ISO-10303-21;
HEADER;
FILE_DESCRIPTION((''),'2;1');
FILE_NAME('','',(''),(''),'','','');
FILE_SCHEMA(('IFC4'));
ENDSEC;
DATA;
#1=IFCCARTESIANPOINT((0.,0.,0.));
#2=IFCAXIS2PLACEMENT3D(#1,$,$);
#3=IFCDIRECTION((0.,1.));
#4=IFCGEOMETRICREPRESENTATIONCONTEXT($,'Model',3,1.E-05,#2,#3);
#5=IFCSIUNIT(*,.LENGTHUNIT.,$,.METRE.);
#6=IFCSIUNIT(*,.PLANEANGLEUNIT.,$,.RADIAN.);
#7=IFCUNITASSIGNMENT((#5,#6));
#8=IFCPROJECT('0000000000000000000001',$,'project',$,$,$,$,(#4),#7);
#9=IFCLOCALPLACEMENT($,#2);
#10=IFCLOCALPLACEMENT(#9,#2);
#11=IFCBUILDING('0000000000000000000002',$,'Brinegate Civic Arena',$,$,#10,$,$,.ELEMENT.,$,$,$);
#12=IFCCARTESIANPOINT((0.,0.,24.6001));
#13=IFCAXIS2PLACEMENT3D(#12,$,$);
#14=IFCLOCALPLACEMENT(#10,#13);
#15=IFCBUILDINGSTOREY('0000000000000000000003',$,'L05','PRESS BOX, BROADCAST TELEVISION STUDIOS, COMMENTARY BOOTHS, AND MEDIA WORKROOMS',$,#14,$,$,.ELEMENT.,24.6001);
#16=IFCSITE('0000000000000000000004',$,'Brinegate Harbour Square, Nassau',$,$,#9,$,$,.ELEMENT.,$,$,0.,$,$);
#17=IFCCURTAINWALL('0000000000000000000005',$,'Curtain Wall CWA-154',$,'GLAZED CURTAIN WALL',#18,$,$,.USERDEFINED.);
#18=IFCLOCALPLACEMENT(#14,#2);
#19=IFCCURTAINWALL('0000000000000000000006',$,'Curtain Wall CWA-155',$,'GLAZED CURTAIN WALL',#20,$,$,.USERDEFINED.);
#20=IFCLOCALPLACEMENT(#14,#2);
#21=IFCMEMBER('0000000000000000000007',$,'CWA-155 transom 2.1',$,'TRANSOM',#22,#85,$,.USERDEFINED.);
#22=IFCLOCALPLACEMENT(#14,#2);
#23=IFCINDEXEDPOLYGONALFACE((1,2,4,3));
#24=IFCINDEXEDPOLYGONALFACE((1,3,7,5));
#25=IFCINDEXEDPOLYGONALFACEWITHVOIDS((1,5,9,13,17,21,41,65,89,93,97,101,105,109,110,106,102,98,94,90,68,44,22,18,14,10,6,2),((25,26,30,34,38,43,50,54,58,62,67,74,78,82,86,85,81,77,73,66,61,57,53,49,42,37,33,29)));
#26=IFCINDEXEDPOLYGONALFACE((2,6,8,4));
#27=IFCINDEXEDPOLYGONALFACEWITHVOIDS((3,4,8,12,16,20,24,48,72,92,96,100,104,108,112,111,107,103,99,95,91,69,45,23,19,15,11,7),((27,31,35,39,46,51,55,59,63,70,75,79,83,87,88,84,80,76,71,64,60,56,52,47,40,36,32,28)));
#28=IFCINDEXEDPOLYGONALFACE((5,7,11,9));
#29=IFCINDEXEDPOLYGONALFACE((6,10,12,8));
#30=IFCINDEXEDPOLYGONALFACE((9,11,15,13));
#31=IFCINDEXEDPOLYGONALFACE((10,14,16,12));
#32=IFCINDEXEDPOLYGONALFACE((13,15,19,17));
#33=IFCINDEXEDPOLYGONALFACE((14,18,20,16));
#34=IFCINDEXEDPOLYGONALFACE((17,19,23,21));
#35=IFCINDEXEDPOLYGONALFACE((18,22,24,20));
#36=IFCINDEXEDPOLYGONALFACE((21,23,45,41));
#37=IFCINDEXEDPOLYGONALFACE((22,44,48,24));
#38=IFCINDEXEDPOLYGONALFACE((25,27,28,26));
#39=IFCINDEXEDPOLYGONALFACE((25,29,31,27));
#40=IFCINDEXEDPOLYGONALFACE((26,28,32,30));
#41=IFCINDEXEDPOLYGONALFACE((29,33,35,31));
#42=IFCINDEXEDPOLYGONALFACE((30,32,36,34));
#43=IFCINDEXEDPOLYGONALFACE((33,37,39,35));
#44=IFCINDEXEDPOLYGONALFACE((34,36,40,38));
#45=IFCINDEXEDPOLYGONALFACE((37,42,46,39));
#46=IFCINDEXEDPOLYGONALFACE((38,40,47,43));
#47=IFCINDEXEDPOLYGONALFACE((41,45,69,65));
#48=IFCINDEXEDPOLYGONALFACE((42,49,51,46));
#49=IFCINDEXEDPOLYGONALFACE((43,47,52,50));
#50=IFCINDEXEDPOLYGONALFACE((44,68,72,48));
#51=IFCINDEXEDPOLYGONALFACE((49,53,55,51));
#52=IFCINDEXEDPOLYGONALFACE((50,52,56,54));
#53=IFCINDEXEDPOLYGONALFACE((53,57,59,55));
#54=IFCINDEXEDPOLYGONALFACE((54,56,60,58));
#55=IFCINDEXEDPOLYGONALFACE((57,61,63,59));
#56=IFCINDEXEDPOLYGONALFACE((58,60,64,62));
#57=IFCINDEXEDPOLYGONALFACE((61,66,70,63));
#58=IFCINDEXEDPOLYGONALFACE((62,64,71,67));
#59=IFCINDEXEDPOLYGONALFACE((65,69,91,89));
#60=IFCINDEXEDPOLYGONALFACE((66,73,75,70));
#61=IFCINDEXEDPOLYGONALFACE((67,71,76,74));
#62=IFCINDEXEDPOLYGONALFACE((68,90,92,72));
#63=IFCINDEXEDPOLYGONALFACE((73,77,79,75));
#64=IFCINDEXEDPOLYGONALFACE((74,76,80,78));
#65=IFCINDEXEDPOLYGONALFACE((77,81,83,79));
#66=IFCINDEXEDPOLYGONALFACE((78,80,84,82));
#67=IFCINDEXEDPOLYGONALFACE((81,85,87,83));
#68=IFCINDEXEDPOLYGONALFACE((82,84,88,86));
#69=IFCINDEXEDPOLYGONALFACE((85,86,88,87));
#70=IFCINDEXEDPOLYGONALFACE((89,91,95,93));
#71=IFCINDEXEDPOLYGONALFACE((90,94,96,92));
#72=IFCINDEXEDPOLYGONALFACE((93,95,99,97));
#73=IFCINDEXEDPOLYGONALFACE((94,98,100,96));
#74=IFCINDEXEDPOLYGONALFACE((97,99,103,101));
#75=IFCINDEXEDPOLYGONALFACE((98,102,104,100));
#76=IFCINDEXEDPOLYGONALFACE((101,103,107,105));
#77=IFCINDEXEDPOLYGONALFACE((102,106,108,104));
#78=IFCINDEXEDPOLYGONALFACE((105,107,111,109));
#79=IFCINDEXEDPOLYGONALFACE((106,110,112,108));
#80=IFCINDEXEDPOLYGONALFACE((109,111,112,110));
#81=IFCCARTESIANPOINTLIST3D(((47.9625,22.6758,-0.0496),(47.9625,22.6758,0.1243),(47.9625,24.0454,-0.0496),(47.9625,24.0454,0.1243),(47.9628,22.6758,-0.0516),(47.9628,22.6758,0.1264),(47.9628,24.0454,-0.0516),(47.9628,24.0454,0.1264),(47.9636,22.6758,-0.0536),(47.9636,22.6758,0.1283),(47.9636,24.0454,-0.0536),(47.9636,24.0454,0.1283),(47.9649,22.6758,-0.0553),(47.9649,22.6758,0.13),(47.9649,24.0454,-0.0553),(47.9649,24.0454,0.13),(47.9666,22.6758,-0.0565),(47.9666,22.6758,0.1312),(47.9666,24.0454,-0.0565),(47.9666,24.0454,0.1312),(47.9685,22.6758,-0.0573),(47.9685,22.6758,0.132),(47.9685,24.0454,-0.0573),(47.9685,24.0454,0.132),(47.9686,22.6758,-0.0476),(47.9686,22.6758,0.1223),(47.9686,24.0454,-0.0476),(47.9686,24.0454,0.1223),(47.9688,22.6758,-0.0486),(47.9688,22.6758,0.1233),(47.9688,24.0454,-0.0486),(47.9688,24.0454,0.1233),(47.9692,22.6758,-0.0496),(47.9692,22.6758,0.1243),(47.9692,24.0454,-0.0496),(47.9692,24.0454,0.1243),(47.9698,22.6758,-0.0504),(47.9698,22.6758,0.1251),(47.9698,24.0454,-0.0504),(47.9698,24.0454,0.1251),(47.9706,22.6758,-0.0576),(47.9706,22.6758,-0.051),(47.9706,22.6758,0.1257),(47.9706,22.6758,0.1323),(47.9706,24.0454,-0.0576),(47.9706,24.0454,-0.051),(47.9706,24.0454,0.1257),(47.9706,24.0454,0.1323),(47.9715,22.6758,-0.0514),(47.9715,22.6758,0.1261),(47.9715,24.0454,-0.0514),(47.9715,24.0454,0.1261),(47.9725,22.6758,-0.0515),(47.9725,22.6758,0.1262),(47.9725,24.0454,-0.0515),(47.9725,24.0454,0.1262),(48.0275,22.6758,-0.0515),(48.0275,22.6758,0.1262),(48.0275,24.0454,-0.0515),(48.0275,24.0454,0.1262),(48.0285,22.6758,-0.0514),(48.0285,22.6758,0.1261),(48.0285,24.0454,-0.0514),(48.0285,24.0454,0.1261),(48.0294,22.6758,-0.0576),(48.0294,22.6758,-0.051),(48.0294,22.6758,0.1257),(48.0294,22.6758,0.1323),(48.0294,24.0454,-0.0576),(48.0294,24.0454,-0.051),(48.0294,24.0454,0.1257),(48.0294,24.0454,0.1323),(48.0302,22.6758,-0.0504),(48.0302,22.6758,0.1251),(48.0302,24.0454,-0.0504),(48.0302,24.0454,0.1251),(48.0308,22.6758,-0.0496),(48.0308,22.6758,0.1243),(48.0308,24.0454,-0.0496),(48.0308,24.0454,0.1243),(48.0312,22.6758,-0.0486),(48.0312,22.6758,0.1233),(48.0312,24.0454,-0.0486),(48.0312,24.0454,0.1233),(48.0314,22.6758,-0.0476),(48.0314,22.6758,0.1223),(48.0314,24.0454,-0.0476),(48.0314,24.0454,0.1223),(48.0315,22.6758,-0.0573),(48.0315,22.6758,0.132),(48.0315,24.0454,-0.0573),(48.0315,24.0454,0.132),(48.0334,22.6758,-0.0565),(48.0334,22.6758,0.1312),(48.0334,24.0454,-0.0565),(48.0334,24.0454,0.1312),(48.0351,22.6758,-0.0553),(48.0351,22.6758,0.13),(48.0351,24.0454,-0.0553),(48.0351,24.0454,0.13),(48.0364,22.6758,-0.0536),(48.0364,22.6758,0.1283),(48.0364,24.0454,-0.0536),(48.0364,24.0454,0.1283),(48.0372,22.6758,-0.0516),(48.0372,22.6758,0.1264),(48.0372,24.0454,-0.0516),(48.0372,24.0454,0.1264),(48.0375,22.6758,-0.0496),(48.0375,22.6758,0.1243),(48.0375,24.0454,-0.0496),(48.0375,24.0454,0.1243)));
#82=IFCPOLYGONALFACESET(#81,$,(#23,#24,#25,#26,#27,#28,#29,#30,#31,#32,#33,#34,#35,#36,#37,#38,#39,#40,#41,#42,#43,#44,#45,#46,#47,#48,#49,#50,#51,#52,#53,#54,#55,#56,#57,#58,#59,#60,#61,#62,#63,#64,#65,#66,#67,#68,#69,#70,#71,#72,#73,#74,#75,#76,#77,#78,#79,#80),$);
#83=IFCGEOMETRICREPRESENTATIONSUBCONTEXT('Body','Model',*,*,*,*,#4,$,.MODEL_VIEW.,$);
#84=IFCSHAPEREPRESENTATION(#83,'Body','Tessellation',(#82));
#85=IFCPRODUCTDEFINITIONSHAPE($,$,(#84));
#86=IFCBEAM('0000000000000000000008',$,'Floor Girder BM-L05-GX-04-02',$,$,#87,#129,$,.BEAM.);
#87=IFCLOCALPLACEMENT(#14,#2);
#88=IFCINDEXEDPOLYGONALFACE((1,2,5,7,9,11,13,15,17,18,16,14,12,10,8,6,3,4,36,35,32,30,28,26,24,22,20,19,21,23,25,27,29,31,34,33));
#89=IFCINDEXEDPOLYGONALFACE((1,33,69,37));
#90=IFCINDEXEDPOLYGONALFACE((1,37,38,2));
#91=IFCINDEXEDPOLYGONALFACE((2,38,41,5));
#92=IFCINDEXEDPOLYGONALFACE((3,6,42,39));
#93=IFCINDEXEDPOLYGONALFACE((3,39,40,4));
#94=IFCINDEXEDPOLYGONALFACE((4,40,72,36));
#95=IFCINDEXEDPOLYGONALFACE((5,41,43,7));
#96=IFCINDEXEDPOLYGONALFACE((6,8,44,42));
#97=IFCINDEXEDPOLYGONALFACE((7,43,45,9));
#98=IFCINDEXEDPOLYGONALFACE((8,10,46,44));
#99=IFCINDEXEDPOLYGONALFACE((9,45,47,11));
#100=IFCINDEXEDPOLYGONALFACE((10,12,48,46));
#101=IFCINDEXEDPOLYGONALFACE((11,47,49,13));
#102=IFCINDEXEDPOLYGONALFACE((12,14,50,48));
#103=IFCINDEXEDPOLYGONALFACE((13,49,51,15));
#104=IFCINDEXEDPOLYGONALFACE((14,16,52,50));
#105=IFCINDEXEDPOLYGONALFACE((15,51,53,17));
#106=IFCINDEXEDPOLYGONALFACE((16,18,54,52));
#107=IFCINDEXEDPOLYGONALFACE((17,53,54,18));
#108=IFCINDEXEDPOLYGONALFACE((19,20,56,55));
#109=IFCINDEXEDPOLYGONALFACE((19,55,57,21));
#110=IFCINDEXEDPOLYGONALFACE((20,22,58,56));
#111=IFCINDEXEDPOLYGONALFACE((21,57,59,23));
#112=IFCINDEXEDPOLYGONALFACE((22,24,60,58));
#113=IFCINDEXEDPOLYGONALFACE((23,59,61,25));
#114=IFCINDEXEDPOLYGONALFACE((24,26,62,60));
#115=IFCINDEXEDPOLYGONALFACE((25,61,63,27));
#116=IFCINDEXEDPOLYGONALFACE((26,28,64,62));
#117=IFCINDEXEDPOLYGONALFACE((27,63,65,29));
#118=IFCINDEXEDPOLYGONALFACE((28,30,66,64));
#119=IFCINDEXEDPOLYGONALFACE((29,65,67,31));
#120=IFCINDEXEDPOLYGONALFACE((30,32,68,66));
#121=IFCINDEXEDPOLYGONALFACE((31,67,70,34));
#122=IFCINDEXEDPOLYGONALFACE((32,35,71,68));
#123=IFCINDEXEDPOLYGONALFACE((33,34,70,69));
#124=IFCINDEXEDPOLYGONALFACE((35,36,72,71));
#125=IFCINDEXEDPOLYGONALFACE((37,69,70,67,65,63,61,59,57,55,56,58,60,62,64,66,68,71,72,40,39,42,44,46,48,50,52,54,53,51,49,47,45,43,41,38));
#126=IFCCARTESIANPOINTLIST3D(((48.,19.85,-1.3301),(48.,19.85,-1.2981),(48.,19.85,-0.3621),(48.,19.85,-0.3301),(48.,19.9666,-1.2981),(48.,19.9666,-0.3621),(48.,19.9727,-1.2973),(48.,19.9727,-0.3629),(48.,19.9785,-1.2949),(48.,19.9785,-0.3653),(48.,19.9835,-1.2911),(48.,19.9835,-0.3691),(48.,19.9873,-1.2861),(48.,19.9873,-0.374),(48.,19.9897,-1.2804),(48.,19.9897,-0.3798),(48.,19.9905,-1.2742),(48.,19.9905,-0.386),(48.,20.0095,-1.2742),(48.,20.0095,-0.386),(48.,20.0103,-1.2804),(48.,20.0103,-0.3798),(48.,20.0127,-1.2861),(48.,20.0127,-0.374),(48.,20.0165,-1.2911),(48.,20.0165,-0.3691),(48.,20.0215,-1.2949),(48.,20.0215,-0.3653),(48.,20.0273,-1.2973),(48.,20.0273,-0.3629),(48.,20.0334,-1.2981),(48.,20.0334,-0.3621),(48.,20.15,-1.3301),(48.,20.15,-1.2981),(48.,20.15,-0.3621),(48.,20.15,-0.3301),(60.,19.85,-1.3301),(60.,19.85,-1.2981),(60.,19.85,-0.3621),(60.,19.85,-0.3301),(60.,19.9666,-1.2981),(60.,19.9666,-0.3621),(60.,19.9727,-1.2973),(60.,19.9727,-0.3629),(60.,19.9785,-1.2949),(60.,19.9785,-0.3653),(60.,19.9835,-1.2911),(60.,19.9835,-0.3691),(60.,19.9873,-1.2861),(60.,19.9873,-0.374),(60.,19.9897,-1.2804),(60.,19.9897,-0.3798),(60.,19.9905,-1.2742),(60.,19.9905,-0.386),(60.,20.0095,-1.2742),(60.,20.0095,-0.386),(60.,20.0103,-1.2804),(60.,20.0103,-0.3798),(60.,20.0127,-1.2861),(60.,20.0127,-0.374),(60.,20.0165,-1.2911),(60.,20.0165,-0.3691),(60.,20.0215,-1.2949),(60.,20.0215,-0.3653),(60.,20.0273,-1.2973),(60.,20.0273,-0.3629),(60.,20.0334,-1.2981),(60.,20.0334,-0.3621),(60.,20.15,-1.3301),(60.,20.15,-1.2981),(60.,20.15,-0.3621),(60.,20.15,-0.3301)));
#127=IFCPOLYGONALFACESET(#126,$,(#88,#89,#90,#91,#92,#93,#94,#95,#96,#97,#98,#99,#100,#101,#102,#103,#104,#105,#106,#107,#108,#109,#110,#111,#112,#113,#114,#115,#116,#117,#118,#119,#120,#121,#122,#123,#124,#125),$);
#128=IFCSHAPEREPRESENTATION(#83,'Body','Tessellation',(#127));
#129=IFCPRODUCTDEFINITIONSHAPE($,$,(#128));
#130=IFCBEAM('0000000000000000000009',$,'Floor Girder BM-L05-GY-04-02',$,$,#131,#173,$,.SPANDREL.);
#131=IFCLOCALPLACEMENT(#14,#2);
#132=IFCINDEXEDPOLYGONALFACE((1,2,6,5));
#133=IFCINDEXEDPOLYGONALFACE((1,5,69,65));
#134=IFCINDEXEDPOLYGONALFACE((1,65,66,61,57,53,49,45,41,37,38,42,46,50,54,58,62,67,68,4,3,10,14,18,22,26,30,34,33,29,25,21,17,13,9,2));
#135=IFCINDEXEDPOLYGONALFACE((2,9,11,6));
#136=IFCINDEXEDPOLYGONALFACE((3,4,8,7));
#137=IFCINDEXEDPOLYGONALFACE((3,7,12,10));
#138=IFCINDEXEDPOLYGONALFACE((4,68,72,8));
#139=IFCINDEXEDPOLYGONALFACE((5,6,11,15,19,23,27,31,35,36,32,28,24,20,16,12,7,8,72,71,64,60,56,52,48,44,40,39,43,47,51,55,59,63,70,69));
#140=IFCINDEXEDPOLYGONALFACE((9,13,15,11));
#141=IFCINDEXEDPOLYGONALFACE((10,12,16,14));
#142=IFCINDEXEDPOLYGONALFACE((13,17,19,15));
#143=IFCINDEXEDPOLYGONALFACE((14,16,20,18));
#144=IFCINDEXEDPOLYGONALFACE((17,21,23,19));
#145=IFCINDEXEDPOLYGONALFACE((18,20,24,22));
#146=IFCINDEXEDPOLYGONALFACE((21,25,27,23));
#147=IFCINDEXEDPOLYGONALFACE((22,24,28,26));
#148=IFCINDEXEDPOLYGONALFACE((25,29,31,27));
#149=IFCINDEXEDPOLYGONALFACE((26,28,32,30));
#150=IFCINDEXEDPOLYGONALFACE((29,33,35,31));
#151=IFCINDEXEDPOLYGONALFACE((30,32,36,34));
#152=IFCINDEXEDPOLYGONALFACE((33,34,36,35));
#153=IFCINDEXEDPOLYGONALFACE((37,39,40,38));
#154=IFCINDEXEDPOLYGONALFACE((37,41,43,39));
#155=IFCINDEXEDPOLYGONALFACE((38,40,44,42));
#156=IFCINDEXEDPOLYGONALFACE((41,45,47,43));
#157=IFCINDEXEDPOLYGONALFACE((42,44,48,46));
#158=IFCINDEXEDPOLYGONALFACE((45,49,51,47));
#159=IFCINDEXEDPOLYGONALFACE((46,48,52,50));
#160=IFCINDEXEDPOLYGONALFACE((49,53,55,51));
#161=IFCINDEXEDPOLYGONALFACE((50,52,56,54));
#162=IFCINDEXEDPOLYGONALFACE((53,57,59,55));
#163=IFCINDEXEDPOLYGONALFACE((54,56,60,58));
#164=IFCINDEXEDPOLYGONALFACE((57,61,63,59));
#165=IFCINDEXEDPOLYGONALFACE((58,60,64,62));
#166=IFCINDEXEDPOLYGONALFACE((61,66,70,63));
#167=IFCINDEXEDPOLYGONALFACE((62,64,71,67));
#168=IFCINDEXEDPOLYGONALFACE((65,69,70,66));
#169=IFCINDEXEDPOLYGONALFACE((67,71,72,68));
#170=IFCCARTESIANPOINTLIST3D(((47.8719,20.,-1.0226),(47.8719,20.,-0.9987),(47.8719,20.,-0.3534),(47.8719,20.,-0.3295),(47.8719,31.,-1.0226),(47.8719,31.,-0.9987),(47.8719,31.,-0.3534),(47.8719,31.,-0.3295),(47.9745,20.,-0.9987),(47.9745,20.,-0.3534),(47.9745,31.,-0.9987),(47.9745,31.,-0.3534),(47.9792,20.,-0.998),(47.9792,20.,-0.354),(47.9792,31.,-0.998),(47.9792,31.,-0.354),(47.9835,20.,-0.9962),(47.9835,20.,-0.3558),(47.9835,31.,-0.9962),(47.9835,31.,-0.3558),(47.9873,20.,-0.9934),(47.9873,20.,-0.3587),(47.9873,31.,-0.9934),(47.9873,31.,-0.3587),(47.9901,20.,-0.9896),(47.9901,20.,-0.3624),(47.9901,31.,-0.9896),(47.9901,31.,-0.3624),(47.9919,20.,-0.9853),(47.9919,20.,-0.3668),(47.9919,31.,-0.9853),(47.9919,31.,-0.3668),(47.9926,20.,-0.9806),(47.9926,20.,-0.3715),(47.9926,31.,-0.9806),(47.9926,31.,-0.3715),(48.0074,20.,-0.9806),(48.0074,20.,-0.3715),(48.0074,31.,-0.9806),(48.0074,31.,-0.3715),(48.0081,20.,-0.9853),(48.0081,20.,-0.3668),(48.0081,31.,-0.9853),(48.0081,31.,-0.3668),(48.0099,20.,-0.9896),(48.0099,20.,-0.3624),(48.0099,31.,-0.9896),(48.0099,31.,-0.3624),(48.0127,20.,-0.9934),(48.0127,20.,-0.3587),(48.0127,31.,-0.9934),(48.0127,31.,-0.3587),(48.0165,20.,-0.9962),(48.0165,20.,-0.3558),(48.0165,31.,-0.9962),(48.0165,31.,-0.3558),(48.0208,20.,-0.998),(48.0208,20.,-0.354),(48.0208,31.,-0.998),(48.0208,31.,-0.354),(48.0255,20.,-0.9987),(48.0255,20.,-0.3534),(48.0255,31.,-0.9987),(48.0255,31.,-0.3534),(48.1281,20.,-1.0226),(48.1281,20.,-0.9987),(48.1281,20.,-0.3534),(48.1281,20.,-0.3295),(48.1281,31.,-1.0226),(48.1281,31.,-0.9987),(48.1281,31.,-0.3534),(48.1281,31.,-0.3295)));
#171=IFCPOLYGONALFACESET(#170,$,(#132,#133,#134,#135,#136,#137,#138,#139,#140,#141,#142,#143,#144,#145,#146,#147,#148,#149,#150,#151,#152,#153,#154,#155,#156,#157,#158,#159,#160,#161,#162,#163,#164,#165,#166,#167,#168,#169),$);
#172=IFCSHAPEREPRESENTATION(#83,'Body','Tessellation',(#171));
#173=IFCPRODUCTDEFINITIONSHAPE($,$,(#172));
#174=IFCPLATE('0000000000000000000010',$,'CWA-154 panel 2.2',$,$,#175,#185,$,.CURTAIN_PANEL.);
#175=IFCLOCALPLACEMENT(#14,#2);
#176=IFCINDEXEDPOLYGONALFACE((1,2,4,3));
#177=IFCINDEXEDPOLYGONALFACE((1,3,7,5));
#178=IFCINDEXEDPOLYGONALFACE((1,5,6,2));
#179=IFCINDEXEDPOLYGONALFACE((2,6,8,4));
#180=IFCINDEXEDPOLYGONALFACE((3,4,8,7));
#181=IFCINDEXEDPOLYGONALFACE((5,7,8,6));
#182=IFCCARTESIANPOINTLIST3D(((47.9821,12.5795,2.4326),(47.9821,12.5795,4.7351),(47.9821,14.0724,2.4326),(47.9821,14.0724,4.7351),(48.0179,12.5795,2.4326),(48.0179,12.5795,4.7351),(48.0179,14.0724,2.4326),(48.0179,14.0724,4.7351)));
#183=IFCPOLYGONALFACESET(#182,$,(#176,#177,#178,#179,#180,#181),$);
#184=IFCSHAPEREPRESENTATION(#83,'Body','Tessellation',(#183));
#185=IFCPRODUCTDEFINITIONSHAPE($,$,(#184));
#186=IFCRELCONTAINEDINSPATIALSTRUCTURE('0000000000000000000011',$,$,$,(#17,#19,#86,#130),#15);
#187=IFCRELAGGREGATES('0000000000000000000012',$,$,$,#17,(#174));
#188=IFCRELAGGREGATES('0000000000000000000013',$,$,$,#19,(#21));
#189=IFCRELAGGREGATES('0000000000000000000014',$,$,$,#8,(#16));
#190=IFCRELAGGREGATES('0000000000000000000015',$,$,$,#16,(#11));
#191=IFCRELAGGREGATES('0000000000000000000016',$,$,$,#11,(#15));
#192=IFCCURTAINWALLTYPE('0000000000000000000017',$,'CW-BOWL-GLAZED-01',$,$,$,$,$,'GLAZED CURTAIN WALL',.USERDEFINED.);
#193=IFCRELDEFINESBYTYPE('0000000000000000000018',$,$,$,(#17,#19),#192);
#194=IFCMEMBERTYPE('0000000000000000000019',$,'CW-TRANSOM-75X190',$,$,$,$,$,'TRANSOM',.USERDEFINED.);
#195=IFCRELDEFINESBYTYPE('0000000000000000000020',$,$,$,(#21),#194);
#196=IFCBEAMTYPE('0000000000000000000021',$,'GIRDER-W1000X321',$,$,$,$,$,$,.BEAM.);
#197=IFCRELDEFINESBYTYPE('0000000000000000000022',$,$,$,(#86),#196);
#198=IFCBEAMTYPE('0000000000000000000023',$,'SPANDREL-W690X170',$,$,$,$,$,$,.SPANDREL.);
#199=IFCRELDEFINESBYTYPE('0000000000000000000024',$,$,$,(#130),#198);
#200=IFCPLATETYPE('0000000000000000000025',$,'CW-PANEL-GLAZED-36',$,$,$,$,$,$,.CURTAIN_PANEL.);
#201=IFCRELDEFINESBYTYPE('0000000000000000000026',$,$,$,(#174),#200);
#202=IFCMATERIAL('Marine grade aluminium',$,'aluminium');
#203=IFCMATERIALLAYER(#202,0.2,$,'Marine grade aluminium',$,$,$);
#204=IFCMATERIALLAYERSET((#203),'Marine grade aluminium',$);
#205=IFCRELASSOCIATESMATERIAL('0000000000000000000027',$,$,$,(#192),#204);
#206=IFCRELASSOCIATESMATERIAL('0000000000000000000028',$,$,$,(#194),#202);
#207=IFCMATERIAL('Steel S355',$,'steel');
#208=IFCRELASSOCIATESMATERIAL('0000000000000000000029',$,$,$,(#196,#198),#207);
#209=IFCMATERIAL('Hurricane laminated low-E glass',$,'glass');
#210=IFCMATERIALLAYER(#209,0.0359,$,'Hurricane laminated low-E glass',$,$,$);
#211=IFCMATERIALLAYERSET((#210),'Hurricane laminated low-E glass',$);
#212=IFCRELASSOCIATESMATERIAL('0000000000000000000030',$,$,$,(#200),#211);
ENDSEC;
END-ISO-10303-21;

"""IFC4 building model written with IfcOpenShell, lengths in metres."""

from ifc_helpers import new_model, si_unit, direction, frame, origin, origin_2d, place, context, subcontext, project, spatial, rectangle, hollow_rectangle, i_section, extrude, material, layer, layer_set, material_profile, profile_set, type_object, element, aggregate, save


model = new_model("IFC4")

# Units and contexts
model_context = context("Model", 3, precision=1e-05, world=origin(), true_north=direction((0.0, 1.0)))
body_context = subcontext(model_context, "Body", "Model", "MODEL_VIEW")
ifc_project = project(units=[si_unit("LENGTHUNIT", "METRE"), si_unit("PLANEANGLEUNIT", "RADIAN")], contexts=[model_context])

# Site, building, storey
site_placement = place(None, origin())
site = spatial("IfcSite", under=ifc_project, at=site_placement, Name="Brinegate Harbour Square, Nassau", CompositionType="ELEMENT", RefElevation=0.0)
building_placement = place(site_placement, origin())
building = spatial("IfcBuilding", under=site, at=building_placement, Name="Brinegate Civic Arena", CompositionType="ELEMENT")
storey_placement = place(building_placement, frame((0.0, 0.0, 24.6001)))
storey = spatial("IfcBuildingStorey", under=building, at=storey_placement, Name="L05", Description="PRESS BOX, BROADCAST TELEVISION STUDIOS, COMMENTARY BOOTHS, AND MEDIA WORKROOMS", CompositionType="ELEMENT", Elevation=24.6001)

# Curtain walls
ifc_material_1 = material(Name="Marine grade aluminium", Category="aluminium")
ifc_layer_1 = layer(ifc_material_1, 0.2, Name="Marine grade aluminium")
ifc_layer_set_1 = layer_set([ifc_layer_1], Name="Marine grade aluminium")
curtain_wall_type = type_object("IfcCurtainWallType", Name="CW-BOWL-GLAZED-01", ElementType="GLAZED CURTAIN WALL", PredefinedType="USERDEFINED", material=ifc_layer_set_1)
curtain_wall_1_placement = place(storey_placement, origin())
curtain_wall_1 = element("IfcCurtainWall", 1, at=curtain_wall_1_placement, inside=storey, type_object=curtain_wall_type, Name="Curtain Wall CWA-154", ObjectType="GLAZED CURTAIN WALL", PredefinedType="USERDEFINED")
curtain_wall_2_placement = place(storey_placement, origin())
curtain_wall_2 = element("IfcCurtainWall", 2, at=curtain_wall_2_placement, inside=storey, type_object=curtain_wall_type, Name="Curtain Wall CWA-155", ObjectType="GLAZED CURTAIN WALL", PredefinedType="USERDEFINED")

# Member
ifc_material_profile_1 = material_profile(ifc_material_1, hollow_rectangle(XDim=0.075, YDim=0.1899, WallThickness=0.0061, InnerFilletRadius=0.0039, OuterFilletRadius=0.0081, at=origin_2d()), Name="TRN75X190")
ifc_profile_set_1 = profile_set([ifc_material_profile_1], Name="Marine grade aluminium")
member_type_1 = type_object("IfcMemberType", Name="CW-TRANSOM-75X190", ElementType="TRANSOM", PredefinedType="USERDEFINED", material=ifc_profile_set_1)
member_1_placement = place(storey_placement, frame((48.0, 22.6758, 0.0374), z_axis=(0.0, 1.0, 0.0), x_axis=(-1.0, 0.0, 0.0)))
member_1 = element("IfcMember", 3, at=member_1_placement, type_object=member_type_1, Name="CWA-155 transom 2.1", ObjectType="TRANSOM", PredefinedType="USERDEFINED", context=body_context, shape_type="SweptSolid", body=[
    extrude(hollow_rectangle(XDim=0.075, YDim=0.1899, WallThickness=0.0061, InnerFilletRadius=0.0039, OuterFilletRadius=0.0081, at=origin_2d()), origin(), (0.0, 0.0, 1.0), 1.3696),
])

# Beams
ifc_material_2 = material(Name="Steel S355", Category="steel")
ifc_material_profile_2 = material_profile(ifc_material_2, i_section(OverallWidth=0.3, OverallDepth=1.0, WebThickness=0.019, FlangeThickness=0.032, FilletRadius=0.0239, at=origin_2d()), Name="W1000X321")
ifc_profile_set_2 = profile_set([ifc_material_profile_2], Name="Steel S355")
beam_type_1 = type_object("IfcBeamType", Name="GIRDER-W1000X321", PredefinedType="BEAM", material=ifc_profile_set_2)
beam_1_placement = place(storey_placement, frame((48.0, 20.0, -0.8301), z_axis=(1.0, 0.0, 0.0), x_axis=(0.0, 1.0, 0.0)))
element("IfcBeam", 4, at=beam_1_placement, inside=storey, type_object=beam_type_1, Name="Floor Girder BM-L05-GX-04-02", PredefinedType="BEAM", context=body_context, shape_type="SweptSolid", body=[
    extrude(i_section(OverallWidth=0.3, OverallDepth=1.0, WebThickness=0.019, FlangeThickness=0.032, FilletRadius=0.0239, at=origin_2d()), origin(), (0.0, 0.0, 1.0), 12.0),
])
ifc_material_profile_3 = material_profile(ifc_material_2, i_section(OverallWidth=0.2561, OverallDepth=0.6931, WebThickness=0.0149, FlangeThickness=0.0239, FilletRadius=0.0181, at=origin_2d()), Name="W690X170")
ifc_profile_set_3 = profile_set([ifc_material_profile_3], Name="Steel S355")
beam_type_2 = type_object("IfcBeamType", Name="SPANDREL-W690X170", PredefinedType="SPANDREL", material=ifc_profile_set_3)
beam_2_placement = place(storey_placement, frame((48.0, 20.0, -0.676), z_axis=(0.0, 1.0, 0.0), x_axis=(-1.0, 0.0, 0.0)))
element("IfcBeam", 5, at=beam_2_placement, inside=storey, type_object=beam_type_2, Name="Floor Girder BM-L05-GY-04-02", PredefinedType="SPANDREL", context=body_context, shape_type="SweptSolid", body=[
    extrude(i_section(OverallWidth=0.2561, OverallDepth=0.6931, WebThickness=0.0149, FlangeThickness=0.0239, FilletRadius=0.0181, at=origin_2d()), origin(), (0.0, 0.0, 1.0), 11.0),
])

# Plate
ifc_material_3 = material(Name="Hurricane laminated low-E glass", Category="glass")
ifc_layer_2 = layer(ifc_material_3, 0.0359, Name="Hurricane laminated low-E glass")
ifc_layer_set_2 = layer_set([ifc_layer_2], Name="Hurricane laminated low-E glass")
plate_type_1 = type_object("IfcPlateType", Name="CW-PANEL-GLAZED-36", PredefinedType="CURTAIN_PANEL", material=ifc_layer_set_2)
plate_1_placement = place(storey_placement, frame((48.0, 13.3259, 2.4326), z_axis=(0.0, 0.0, 1.0), x_axis=(0.0, 1.0, 0.0)))
plate_1 = element("IfcPlate", 6, at=plate_1_placement, type_object=plate_type_1, Name="CWA-154 panel 2.2", PredefinedType="CURTAIN_PANEL", context=body_context, shape_type="SweptSolid", body=[
    extrude(rectangle(XDim=1.4929, YDim=0.0359, at=origin_2d()), origin(), (0.0, 0.0, 1.0), 2.3025),
])
aggregate(curtain_wall_1, [plate_1])
aggregate(curtain_wall_2, [member_1])

save(model, "model.ifc")
